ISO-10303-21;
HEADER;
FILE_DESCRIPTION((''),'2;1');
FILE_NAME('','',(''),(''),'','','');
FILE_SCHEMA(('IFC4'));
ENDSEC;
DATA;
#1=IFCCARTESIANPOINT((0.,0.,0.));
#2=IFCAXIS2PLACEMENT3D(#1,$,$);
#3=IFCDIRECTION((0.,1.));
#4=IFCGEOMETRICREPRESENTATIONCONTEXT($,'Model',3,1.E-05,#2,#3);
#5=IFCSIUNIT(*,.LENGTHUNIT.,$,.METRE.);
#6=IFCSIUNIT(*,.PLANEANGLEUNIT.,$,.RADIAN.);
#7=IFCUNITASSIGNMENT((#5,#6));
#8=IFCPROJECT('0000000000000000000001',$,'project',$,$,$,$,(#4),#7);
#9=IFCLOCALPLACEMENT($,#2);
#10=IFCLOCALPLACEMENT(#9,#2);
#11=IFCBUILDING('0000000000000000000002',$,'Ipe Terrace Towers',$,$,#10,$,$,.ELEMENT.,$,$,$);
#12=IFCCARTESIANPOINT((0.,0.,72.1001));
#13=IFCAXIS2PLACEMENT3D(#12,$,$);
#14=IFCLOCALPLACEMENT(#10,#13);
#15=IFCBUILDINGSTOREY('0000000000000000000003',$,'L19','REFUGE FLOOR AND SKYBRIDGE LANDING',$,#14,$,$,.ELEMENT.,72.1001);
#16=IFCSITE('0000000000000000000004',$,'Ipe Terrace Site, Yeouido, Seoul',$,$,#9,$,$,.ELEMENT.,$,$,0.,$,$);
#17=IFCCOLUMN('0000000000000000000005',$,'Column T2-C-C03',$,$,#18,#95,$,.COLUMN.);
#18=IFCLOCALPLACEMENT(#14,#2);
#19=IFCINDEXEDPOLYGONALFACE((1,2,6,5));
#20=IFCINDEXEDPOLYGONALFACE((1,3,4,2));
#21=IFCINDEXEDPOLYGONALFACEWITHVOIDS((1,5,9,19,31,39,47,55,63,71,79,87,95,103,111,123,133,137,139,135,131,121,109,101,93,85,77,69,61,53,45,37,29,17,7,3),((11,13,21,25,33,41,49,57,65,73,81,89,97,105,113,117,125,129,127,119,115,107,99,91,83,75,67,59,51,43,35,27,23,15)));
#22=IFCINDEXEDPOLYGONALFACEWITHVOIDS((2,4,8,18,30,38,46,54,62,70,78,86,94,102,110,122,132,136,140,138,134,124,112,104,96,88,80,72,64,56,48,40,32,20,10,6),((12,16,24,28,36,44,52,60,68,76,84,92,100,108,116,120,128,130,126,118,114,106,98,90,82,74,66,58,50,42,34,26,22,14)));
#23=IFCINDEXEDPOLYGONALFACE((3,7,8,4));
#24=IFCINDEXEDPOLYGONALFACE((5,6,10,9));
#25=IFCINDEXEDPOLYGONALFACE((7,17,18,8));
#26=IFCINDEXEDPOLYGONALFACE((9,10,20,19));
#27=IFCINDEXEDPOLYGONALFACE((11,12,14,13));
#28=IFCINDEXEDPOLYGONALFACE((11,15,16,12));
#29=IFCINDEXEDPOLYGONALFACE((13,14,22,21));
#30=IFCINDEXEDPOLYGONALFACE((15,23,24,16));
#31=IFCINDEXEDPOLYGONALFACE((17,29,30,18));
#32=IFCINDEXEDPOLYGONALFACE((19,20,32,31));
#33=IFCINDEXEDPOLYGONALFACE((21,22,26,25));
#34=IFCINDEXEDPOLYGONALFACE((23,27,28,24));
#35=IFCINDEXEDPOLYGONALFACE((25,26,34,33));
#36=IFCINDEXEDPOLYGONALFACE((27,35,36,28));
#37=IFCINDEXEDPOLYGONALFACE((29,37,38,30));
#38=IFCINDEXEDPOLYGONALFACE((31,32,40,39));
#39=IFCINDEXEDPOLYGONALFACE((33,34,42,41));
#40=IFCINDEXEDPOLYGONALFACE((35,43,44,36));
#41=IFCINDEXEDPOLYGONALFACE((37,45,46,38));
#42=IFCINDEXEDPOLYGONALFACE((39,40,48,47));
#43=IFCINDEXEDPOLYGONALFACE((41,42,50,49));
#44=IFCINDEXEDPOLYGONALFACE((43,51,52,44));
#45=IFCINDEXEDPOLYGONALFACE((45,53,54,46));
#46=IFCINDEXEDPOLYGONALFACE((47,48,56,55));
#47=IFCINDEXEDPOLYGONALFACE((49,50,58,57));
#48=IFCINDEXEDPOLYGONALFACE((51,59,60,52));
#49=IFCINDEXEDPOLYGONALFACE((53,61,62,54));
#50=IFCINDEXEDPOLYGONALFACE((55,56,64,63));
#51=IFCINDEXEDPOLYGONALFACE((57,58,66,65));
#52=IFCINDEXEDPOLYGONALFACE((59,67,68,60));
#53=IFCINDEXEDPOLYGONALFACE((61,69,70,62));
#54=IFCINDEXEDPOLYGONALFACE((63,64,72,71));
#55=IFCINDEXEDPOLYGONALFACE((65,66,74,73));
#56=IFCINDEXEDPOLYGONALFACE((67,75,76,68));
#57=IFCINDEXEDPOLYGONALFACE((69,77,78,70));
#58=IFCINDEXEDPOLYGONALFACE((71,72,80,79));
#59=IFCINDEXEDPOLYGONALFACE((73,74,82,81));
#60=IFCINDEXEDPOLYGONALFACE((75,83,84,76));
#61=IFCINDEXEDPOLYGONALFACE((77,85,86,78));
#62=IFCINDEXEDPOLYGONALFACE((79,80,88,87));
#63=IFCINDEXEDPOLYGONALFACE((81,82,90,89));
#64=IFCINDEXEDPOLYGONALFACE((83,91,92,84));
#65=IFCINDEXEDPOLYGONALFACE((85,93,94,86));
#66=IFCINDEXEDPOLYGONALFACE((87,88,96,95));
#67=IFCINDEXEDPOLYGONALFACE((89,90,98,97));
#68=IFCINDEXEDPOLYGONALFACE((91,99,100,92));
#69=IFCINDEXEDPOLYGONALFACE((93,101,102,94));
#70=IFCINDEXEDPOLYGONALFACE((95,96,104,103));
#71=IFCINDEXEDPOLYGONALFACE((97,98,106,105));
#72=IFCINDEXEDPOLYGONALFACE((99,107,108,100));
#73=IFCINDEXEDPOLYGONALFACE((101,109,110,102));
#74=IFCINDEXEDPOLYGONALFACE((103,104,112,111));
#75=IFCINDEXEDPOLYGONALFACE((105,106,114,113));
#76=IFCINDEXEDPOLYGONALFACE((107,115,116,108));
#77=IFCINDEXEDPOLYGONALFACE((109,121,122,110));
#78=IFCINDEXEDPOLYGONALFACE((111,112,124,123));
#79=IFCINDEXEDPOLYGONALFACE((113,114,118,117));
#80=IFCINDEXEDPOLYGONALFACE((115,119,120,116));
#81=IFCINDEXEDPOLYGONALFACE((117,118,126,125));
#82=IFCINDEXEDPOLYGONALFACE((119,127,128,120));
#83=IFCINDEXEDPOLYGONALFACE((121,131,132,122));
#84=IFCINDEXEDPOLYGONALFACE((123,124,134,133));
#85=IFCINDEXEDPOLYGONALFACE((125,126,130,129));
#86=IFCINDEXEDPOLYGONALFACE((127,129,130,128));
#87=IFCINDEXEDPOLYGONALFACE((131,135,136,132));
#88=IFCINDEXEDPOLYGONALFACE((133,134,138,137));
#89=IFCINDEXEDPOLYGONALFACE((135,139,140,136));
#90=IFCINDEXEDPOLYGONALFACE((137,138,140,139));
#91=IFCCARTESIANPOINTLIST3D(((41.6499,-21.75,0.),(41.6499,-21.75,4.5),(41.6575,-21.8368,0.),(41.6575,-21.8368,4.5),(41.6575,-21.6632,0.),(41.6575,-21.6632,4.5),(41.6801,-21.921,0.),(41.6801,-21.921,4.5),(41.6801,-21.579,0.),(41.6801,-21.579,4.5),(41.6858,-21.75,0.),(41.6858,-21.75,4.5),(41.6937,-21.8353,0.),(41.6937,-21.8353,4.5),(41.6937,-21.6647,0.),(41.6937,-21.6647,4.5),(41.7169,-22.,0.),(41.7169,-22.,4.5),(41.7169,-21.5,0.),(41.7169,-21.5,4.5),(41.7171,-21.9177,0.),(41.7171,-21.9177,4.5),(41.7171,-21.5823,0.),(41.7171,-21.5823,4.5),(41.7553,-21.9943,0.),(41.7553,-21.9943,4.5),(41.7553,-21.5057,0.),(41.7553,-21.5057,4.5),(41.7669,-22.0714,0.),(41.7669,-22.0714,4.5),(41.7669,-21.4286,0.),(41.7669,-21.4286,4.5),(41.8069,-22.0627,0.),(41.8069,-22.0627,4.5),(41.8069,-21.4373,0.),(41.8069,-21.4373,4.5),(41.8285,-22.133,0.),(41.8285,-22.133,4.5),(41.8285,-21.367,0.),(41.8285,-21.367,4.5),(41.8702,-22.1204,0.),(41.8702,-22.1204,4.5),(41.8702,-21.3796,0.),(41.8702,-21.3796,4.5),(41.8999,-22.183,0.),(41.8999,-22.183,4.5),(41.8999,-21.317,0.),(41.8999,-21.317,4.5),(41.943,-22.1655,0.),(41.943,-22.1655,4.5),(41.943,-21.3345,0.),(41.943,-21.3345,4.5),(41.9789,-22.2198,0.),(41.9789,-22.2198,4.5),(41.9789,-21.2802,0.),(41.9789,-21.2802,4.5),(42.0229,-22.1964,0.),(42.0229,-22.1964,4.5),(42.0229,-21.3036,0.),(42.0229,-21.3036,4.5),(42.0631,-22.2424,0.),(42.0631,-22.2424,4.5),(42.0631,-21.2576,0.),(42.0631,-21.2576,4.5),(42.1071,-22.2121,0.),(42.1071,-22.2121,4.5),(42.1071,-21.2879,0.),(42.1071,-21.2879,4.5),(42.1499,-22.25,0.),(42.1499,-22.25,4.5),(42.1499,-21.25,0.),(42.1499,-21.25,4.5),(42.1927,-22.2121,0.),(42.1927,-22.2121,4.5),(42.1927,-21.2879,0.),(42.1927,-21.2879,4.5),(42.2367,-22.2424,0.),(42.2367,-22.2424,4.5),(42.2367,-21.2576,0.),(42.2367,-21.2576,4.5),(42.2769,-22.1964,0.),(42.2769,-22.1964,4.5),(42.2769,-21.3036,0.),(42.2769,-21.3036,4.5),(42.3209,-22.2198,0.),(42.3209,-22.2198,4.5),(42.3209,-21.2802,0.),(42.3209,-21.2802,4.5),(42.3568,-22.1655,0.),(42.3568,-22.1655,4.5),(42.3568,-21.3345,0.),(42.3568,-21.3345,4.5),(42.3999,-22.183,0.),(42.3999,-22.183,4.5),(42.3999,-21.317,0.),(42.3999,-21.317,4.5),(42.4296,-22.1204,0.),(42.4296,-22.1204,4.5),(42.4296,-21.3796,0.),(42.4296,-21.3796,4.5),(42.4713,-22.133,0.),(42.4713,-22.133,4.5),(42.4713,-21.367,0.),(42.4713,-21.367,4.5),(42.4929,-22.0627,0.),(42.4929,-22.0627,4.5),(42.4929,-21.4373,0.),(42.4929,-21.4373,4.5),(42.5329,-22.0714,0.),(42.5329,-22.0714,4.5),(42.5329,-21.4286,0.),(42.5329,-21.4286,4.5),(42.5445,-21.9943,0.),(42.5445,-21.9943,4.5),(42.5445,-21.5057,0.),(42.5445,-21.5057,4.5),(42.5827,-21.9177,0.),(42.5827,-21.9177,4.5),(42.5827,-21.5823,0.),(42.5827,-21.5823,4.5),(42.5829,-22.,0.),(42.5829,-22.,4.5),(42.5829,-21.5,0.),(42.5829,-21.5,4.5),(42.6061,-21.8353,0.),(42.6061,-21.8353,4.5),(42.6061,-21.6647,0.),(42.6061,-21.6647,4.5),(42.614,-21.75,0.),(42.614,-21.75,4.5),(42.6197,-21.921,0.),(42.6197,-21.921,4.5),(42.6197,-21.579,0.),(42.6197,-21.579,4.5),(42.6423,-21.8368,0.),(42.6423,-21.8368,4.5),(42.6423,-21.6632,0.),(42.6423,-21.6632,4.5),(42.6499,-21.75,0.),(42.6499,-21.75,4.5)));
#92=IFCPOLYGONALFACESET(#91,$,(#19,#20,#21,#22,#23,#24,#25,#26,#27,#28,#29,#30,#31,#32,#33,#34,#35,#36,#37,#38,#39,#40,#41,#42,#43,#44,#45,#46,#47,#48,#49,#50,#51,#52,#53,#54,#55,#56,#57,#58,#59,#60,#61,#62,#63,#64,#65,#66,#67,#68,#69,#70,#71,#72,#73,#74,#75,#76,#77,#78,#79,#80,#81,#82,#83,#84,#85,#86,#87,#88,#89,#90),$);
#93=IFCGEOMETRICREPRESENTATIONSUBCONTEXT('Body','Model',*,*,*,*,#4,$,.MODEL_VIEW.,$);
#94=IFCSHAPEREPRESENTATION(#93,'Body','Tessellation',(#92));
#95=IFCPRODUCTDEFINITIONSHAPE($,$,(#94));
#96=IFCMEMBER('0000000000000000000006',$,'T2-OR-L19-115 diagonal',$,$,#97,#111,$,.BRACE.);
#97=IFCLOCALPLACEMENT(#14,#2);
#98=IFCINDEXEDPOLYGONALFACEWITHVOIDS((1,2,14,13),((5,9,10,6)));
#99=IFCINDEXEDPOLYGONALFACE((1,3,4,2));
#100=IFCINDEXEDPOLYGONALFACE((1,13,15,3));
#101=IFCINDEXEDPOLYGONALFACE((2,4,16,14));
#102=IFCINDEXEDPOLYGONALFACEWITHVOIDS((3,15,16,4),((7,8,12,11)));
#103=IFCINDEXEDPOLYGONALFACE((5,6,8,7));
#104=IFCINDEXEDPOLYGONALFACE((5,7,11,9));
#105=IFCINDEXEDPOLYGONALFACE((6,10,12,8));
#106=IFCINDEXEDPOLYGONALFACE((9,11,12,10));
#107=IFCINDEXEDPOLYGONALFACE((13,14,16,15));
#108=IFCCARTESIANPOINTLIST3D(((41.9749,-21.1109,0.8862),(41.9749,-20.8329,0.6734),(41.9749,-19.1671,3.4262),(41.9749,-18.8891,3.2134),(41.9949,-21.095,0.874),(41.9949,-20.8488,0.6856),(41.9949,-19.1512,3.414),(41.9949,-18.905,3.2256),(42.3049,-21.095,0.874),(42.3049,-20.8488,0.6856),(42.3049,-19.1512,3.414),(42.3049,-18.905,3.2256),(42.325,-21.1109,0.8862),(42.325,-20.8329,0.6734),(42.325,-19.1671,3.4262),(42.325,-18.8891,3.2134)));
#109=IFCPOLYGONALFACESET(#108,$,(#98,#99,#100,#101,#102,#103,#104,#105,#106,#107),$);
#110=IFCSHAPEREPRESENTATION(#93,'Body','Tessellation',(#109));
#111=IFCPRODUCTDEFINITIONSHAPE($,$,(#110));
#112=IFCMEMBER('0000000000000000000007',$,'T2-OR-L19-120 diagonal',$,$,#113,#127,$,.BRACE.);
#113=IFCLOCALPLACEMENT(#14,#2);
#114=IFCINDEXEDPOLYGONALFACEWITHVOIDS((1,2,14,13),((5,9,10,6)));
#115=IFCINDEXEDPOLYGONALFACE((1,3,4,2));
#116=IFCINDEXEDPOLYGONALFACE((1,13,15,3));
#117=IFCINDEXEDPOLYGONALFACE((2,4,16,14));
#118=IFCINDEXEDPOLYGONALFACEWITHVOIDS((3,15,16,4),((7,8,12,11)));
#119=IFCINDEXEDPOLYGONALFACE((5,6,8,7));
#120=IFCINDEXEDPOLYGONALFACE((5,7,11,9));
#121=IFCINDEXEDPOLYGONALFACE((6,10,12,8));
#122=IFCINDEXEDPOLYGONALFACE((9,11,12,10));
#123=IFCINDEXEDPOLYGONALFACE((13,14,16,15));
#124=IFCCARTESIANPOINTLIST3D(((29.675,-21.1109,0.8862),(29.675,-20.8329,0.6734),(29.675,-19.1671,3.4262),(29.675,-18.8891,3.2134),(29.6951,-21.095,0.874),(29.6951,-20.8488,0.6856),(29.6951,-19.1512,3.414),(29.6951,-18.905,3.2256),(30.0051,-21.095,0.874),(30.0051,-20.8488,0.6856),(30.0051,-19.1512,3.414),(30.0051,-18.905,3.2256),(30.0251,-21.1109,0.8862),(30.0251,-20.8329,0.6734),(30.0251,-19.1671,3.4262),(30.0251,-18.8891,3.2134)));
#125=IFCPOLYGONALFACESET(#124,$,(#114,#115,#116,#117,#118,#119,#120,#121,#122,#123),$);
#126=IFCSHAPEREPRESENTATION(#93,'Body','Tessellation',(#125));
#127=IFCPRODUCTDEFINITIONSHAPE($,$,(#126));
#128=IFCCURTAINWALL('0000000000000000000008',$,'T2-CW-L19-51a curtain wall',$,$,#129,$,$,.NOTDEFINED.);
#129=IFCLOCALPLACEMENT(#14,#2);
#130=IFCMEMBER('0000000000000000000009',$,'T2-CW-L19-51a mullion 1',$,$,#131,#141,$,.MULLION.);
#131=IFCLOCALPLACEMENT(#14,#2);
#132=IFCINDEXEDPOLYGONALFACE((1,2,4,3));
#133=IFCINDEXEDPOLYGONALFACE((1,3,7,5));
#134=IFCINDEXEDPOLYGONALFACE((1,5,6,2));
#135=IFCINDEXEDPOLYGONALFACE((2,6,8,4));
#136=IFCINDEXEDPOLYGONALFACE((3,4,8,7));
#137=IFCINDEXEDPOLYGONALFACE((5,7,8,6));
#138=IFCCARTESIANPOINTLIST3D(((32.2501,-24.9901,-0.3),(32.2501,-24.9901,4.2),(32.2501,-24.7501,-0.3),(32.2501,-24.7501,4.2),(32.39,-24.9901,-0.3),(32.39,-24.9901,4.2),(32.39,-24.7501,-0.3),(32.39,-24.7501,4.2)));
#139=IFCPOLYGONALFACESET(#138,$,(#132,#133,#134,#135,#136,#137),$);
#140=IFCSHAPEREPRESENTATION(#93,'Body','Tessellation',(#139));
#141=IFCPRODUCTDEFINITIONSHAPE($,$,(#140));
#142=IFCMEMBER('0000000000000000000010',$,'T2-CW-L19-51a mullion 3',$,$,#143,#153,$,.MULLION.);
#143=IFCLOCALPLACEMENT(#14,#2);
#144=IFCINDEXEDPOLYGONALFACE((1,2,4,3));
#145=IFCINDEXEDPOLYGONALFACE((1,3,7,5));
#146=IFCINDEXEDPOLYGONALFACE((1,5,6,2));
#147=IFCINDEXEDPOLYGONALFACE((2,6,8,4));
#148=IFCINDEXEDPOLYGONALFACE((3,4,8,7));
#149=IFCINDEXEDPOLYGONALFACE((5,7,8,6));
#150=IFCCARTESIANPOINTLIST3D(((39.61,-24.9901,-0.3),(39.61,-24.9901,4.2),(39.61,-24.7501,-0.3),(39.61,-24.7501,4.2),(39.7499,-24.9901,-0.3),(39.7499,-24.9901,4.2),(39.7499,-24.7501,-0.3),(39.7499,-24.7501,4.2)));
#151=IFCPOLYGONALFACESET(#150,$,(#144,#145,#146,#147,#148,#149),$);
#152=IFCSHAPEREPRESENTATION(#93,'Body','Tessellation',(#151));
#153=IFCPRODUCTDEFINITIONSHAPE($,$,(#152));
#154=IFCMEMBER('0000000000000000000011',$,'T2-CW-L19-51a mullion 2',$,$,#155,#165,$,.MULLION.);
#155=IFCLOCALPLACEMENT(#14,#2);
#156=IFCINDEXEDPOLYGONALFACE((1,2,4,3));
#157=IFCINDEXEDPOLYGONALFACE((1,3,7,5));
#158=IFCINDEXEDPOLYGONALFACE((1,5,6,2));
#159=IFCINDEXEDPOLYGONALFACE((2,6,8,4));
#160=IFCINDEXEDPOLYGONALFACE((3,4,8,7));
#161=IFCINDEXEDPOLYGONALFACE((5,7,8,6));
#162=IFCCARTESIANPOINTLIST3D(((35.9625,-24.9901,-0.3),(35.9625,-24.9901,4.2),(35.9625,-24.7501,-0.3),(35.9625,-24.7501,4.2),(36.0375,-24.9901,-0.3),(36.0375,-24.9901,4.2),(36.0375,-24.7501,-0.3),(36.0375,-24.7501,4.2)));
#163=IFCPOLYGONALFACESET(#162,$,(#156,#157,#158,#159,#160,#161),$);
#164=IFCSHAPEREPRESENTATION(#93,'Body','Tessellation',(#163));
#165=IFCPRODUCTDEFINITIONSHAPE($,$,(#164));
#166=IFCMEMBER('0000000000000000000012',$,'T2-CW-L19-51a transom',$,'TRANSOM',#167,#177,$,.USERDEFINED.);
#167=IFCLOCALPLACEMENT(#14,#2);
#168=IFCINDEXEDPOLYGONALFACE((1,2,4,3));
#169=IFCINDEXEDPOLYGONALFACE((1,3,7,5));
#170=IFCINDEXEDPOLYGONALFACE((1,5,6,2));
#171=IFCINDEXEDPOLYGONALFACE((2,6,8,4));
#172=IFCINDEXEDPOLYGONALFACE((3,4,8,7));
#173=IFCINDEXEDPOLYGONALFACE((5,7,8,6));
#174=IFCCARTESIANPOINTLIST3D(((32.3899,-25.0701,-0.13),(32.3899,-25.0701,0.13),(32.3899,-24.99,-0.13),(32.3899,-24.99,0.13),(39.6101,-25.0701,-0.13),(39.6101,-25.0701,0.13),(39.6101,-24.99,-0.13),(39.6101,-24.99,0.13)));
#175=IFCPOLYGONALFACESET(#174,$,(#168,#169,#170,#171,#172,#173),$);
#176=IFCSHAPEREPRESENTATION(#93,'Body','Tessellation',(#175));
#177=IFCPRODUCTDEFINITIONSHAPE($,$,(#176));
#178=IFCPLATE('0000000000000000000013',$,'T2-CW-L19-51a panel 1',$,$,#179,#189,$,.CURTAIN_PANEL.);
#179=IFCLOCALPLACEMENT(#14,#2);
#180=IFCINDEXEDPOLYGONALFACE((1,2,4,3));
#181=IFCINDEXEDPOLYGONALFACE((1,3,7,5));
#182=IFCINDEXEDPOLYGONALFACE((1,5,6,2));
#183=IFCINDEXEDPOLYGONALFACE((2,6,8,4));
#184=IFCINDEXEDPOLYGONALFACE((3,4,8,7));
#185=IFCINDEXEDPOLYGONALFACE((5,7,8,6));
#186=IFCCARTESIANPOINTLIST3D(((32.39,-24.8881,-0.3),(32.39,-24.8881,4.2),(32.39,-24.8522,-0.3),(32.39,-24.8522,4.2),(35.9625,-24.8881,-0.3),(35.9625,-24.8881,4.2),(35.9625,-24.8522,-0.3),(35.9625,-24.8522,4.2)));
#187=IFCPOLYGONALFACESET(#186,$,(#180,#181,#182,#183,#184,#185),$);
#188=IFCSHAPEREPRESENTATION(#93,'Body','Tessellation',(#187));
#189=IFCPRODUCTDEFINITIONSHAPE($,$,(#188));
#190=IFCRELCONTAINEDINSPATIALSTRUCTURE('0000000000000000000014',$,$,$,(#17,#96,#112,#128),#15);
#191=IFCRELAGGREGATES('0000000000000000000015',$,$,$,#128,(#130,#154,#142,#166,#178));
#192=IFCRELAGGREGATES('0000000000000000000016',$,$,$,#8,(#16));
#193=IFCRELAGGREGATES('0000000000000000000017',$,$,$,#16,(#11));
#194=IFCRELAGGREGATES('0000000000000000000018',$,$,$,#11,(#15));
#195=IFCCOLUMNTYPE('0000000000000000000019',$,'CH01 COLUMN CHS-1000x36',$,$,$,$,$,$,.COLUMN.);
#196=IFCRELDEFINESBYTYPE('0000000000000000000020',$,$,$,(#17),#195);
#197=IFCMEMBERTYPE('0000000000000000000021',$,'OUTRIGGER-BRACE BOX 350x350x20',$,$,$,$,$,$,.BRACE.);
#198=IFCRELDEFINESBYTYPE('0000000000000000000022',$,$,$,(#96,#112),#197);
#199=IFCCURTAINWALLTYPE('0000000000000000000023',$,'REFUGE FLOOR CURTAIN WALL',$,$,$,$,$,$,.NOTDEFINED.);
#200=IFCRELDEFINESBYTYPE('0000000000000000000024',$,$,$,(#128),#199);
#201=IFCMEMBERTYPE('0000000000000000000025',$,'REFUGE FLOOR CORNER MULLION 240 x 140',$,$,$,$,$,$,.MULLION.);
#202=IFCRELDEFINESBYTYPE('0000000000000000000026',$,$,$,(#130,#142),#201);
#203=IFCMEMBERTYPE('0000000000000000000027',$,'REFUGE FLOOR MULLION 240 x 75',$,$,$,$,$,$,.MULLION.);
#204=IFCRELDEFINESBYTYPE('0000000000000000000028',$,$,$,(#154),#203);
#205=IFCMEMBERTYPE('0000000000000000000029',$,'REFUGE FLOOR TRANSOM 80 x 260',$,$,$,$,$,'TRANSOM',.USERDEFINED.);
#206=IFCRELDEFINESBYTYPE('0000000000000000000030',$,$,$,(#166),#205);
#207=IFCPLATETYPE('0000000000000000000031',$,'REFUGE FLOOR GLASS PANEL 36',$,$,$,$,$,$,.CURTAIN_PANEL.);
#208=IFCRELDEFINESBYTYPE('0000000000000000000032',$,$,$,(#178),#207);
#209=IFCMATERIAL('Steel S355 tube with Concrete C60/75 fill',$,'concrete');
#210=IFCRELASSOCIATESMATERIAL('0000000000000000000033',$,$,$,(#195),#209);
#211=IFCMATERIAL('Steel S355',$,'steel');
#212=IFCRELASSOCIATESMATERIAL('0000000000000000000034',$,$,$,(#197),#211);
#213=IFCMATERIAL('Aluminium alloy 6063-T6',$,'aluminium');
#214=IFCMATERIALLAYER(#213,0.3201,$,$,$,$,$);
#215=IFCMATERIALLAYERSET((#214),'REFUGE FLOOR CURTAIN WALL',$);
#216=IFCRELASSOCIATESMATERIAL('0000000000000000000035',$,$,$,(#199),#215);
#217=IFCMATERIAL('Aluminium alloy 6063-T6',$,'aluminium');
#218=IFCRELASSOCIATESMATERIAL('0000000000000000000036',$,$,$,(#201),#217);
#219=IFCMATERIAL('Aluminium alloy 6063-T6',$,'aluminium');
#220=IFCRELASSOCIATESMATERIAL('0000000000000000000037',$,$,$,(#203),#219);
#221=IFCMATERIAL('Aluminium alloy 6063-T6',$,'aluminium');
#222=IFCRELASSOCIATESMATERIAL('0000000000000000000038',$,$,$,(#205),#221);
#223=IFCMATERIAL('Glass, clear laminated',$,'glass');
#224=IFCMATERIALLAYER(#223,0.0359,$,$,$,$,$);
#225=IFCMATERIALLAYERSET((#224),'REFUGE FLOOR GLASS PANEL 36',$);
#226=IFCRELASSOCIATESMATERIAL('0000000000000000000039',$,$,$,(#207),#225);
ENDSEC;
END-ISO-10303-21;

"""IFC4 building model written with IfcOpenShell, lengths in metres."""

from ifc_helpers import new_model, si_unit, direction, frame, origin, origin_2d, place, context, subcontext, project, spatial, rectangle, hollow_rectangle, hollow_circle, extrude, material, layer, layer_set, material_profile, profile_set, type_object, element, aggregate, save


model = new_model("IFC4")

# Units and contexts
model_context = context("Model", 3, precision=1e-05, world=origin(), true_north=direction((0.0, 1.0)))
body_context = subcontext(model_context, "Body", "Model", "MODEL_VIEW")
ifc_project = project(units=[si_unit("LENGTHUNIT", "METRE"), si_unit("PLANEANGLEUNIT", "RADIAN")], contexts=[model_context])

# Site, building, storey
site_placement = place(None, origin())
site = spatial("IfcSite", under=ifc_project, at=site_placement, Name="Ipe Terrace Site, Yeouido, Seoul", CompositionType="ELEMENT", RefElevation=0.0)
building_placement = place(site_placement, origin())
building = spatial("IfcBuilding", under=site, at=building_placement, Name="Ipe Terrace Towers", CompositionType="ELEMENT")
storey_placement = place(building_placement, frame((0.0, 0.0, 72.1001)))
storey = spatial("IfcBuildingStorey", under=building, at=storey_placement, Name="L19", Description="REFUGE FLOOR AND SKYBRIDGE LANDING", CompositionType="ELEMENT", Elevation=72.1001)

# Column
ifc_material_1 = material(Name="Steel S355 tube with Concrete C60/75 fill", Category="concrete")
ifc_material_profile_1 = material_profile(ifc_material_1, hollow_circle(Radius=0.5, WallThickness=0.0359, at=origin_2d()), Name="CHS-1000x36")
ifc_profile_set_1 = profile_set([ifc_material_profile_1], Name="Steel S355 tube with Concrete C60/75 fill")
column_type = type_object("IfcColumnType", Name="CH01 COLUMN CHS-1000x36", PredefinedType="COLUMN", material=ifc_profile_set_1)
column_placement = place(storey_placement, frame((42.1499, -21.75, 0.0), z_axis=(0.0, 0.0, 1.0), x_axis=(1.0, 0.0, 0.0)))
element("IfcColumn", 1, at=column_placement, inside=storey, type_object=column_type, Name="Column T2-C-C03", PredefinedType="COLUMN", context=body_context, shape_type="SweptSolid", body=[
    extrude(hollow_circle(Radius=0.5, WallThickness=0.0359, at=origin_2d()), origin(), (0.0, 0.0, 1.0), 4.5),
])

# Members
ifc_material_2 = material(Name="Steel S355", Category="steel")
ifc_material_profile_2 = material_profile(ifc_material_2, hollow_rectangle(XDim=0.3501, YDim=0.3501, WallThickness=0.02, at=origin_2d()), Name="OUTRIGGER-BRACE BOX 350x350x20")
ifc_profile_set_2 = profile_set([ifc_material_profile_2], Name="Steel S355")
member_type_1 = type_object("IfcMemberType", Name="OUTRIGGER-BRACE BOX 350x350x20", PredefinedType="BRACE", material=ifc_profile_set_2)
for number, where, z_axis, x_axis, name in (
    (2, (42.1499, -20.9719, 0.7798), (0.0, 0.607739, 0.794137), (-1.0, 0.0, 0.0), "T2-OR-L19-115 diagonal"),
    (3, (29.8501, -20.9719, 0.7798), (0.0, 0.607739, 0.794137), (-1.0, 0.0, 0.0), "T2-OR-L19-120 diagonal"),
):
    element("IfcMember", number, at=place(storey_placement, frame(where, z_axis=z_axis, x_axis=x_axis)), inside=storey, type_object=member_type_1, Name=name, PredefinedType="BRACE", context=body_context, shape_type="SweptSolid", body=[
        extrude(hollow_rectangle(XDim=0.3501, YDim=0.3501, WallThickness=0.02, at=origin_2d()), origin(), (0.0, 0.0, 1.0), 3.1985),
    ])

# Curtain wall, members, plate
ifc_material_3 = material(Name="Aluminium alloy 6063-T6", Category="aluminium")
ifc_layer_1 = layer(ifc_material_3, 0.3201)
ifc_layer_set_1 = layer_set([ifc_layer_1], Name="REFUGE FLOOR CURTAIN WALL")
curtain_wall_type = type_object("IfcCurtainWallType", Name="REFUGE FLOOR CURTAIN WALL", PredefinedType="NOTDEFINED", material=ifc_layer_set_1)
curtain_wall_placement = place(storey_placement, origin())
curtain_wall = element("IfcCurtainWall", 4, at=curtain_wall_placement, inside=storey, type_object=curtain_wall_type, Name="T2-CW-L19-51a curtain wall", PredefinedType="NOTDEFINED")
ifc_material_4 = material(Name="Aluminium alloy 6063-T6", Category="aluminium")
ifc_material_profile_3 = material_profile(ifc_material_4, rectangle(XDim=0.24, YDim=0.1399, at=origin_2d()), Name="REFUGE FLOOR CORNER MULLION 240 x 140")
ifc_profile_set_3 = profile_set([ifc_material_profile_3], Name="Aluminium alloy 6063-T6")
member_type_2 = type_object("IfcMemberType", Name="REFUGE FLOOR CORNER MULLION 240 x 140", PredefinedType="MULLION", material=ifc_profile_set_3)
member_1_placement = place(storey_placement, frame((32.3201, -24.8701, -0.3), z_axis=(0.0, 0.0, 1.0), x_axis=(0.0, -1.0, 0.0)))
member_1 = element("IfcMember", 5, at=member_1_placement, type_object=member_type_2, Name="T2-CW-L19-51a mullion 1", PredefinedType="MULLION", context=body_context, shape_type="SweptSolid", body=[
    extrude(rectangle(XDim=0.24, YDim=0.1399, at=origin_2d()), origin(), (0.0, 0.0, 1.0), 4.5),
])
member_2_placement = place(storey_placement, frame((39.6799, -24.8701, -0.3), z_axis=(0.0, 0.0, 1.0), x_axis=(0.0, -1.0, 0.0)))
member_2 = element("IfcMember", 6, at=member_2_placement, type_object=member_type_2, Name="T2-CW-L19-51a mullion 3", PredefinedType="MULLION", context=body_context, shape_type="SweptSolid", body=[
    extrude(rectangle(XDim=0.24, YDim=0.1399, at=origin_2d()), origin(), (0.0, 0.0, 1.0), 4.5),
])
ifc_material_5 = material(Name="Aluminium alloy 6063-T6", Category="aluminium")
ifc_material_profile_4 = material_profile(ifc_material_5, rectangle(XDim=0.24, YDim=0.075, at=origin_2d()), Name="REFUGE FLOOR MULLION 240 x 75")
ifc_profile_set_4 = profile_set([ifc_material_profile_4], Name="Aluminium alloy 6063-T6")
member_type_3 = type_object("IfcMemberType", Name="REFUGE FLOOR MULLION 240 x 75", PredefinedType="MULLION", material=ifc_profile_set_4)
member_3_placement = place(storey_placement, frame((36.0, -24.8701, -0.3), z_axis=(0.0, 0.0, 1.0), x_axis=(0.0, -1.0, 0.0)))
member_3 = element("IfcMember", 7, at=member_3_placement, type_object=member_type_3, Name="T2-CW-L19-51a mullion 2", PredefinedType="MULLION", context=body_context, shape_type="SweptSolid", body=[
    extrude(rectangle(XDim=0.24, YDim=0.075, at=origin_2d()), origin(), (0.0, 0.0, 1.0), 4.5),
])
ifc_material_6 = material(Name="Aluminium alloy 6063-T6", Category="aluminium")
ifc_material_profile_5 = material_profile(ifc_material_6, rectangle(XDim=0.0801, YDim=0.26, at=origin_2d()), Name="REFUGE FLOOR TRANSOM 80 x 260")
ifc_profile_set_5 = profile_set([ifc_material_profile_5], Name="Aluminium alloy 6063-T6")
member_type_4 = type_object("IfcMemberType", Name="REFUGE FLOOR TRANSOM 80 x 260", ElementType="TRANSOM", PredefinedType="USERDEFINED", material=ifc_profile_set_5)
member_4_placement = place(storey_placement, frame((32.3899, -25.03, 0.0), z_axis=(1.0, 0.0, 0.0), x_axis=(0.0, -1.0, 0.0)))
member_4 = element("IfcMember", 8, at=member_4_placement, type_object=member_type_4, Name="T2-CW-L19-51a transom", ObjectType="TRANSOM", PredefinedType="USERDEFINED", context=body_context, shape_type="SweptSolid", body=[
    extrude(rectangle(XDim=0.0801, YDim=0.26, at=origin_2d()), origin(), (0.0, 0.0, 1.0), 7.2202),
])
ifc_material_7 = material(Name="Glass, clear laminated", Category="glass")
ifc_layer_2 = layer(ifc_material_7, 0.0359)
ifc_layer_set_2 = layer_set([ifc_layer_2], Name="REFUGE FLOOR GLASS PANEL 36")
plate_type = type_object("IfcPlateType", Name="REFUGE FLOOR GLASS PANEL 36", PredefinedType="CURTAIN_PANEL", material=ifc_layer_set_2)
plate_1_placement = place(storey_placement, frame((34.1763, -24.8701, -0.3), z_axis=(0.0, 0.0, 1.0), x_axis=(1.0, 0.0, 0.0)))
plate_1 = element("IfcPlate", 9, at=plate_1_placement, type_object=plate_type, Name="T2-CW-L19-51a panel 1", PredefinedType="CURTAIN_PANEL", context=body_context, shape_type="SweptSolid", body=[
    extrude(rectangle(XDim=3.5725, YDim=0.0359, at=origin_2d()), origin(), (0.0, 0.0, 1.0), 4.5),
])
aggregate(curtain_wall, [member_1, member_3, member_2, member_4, plate_1])

save(model, "model.ifc")
